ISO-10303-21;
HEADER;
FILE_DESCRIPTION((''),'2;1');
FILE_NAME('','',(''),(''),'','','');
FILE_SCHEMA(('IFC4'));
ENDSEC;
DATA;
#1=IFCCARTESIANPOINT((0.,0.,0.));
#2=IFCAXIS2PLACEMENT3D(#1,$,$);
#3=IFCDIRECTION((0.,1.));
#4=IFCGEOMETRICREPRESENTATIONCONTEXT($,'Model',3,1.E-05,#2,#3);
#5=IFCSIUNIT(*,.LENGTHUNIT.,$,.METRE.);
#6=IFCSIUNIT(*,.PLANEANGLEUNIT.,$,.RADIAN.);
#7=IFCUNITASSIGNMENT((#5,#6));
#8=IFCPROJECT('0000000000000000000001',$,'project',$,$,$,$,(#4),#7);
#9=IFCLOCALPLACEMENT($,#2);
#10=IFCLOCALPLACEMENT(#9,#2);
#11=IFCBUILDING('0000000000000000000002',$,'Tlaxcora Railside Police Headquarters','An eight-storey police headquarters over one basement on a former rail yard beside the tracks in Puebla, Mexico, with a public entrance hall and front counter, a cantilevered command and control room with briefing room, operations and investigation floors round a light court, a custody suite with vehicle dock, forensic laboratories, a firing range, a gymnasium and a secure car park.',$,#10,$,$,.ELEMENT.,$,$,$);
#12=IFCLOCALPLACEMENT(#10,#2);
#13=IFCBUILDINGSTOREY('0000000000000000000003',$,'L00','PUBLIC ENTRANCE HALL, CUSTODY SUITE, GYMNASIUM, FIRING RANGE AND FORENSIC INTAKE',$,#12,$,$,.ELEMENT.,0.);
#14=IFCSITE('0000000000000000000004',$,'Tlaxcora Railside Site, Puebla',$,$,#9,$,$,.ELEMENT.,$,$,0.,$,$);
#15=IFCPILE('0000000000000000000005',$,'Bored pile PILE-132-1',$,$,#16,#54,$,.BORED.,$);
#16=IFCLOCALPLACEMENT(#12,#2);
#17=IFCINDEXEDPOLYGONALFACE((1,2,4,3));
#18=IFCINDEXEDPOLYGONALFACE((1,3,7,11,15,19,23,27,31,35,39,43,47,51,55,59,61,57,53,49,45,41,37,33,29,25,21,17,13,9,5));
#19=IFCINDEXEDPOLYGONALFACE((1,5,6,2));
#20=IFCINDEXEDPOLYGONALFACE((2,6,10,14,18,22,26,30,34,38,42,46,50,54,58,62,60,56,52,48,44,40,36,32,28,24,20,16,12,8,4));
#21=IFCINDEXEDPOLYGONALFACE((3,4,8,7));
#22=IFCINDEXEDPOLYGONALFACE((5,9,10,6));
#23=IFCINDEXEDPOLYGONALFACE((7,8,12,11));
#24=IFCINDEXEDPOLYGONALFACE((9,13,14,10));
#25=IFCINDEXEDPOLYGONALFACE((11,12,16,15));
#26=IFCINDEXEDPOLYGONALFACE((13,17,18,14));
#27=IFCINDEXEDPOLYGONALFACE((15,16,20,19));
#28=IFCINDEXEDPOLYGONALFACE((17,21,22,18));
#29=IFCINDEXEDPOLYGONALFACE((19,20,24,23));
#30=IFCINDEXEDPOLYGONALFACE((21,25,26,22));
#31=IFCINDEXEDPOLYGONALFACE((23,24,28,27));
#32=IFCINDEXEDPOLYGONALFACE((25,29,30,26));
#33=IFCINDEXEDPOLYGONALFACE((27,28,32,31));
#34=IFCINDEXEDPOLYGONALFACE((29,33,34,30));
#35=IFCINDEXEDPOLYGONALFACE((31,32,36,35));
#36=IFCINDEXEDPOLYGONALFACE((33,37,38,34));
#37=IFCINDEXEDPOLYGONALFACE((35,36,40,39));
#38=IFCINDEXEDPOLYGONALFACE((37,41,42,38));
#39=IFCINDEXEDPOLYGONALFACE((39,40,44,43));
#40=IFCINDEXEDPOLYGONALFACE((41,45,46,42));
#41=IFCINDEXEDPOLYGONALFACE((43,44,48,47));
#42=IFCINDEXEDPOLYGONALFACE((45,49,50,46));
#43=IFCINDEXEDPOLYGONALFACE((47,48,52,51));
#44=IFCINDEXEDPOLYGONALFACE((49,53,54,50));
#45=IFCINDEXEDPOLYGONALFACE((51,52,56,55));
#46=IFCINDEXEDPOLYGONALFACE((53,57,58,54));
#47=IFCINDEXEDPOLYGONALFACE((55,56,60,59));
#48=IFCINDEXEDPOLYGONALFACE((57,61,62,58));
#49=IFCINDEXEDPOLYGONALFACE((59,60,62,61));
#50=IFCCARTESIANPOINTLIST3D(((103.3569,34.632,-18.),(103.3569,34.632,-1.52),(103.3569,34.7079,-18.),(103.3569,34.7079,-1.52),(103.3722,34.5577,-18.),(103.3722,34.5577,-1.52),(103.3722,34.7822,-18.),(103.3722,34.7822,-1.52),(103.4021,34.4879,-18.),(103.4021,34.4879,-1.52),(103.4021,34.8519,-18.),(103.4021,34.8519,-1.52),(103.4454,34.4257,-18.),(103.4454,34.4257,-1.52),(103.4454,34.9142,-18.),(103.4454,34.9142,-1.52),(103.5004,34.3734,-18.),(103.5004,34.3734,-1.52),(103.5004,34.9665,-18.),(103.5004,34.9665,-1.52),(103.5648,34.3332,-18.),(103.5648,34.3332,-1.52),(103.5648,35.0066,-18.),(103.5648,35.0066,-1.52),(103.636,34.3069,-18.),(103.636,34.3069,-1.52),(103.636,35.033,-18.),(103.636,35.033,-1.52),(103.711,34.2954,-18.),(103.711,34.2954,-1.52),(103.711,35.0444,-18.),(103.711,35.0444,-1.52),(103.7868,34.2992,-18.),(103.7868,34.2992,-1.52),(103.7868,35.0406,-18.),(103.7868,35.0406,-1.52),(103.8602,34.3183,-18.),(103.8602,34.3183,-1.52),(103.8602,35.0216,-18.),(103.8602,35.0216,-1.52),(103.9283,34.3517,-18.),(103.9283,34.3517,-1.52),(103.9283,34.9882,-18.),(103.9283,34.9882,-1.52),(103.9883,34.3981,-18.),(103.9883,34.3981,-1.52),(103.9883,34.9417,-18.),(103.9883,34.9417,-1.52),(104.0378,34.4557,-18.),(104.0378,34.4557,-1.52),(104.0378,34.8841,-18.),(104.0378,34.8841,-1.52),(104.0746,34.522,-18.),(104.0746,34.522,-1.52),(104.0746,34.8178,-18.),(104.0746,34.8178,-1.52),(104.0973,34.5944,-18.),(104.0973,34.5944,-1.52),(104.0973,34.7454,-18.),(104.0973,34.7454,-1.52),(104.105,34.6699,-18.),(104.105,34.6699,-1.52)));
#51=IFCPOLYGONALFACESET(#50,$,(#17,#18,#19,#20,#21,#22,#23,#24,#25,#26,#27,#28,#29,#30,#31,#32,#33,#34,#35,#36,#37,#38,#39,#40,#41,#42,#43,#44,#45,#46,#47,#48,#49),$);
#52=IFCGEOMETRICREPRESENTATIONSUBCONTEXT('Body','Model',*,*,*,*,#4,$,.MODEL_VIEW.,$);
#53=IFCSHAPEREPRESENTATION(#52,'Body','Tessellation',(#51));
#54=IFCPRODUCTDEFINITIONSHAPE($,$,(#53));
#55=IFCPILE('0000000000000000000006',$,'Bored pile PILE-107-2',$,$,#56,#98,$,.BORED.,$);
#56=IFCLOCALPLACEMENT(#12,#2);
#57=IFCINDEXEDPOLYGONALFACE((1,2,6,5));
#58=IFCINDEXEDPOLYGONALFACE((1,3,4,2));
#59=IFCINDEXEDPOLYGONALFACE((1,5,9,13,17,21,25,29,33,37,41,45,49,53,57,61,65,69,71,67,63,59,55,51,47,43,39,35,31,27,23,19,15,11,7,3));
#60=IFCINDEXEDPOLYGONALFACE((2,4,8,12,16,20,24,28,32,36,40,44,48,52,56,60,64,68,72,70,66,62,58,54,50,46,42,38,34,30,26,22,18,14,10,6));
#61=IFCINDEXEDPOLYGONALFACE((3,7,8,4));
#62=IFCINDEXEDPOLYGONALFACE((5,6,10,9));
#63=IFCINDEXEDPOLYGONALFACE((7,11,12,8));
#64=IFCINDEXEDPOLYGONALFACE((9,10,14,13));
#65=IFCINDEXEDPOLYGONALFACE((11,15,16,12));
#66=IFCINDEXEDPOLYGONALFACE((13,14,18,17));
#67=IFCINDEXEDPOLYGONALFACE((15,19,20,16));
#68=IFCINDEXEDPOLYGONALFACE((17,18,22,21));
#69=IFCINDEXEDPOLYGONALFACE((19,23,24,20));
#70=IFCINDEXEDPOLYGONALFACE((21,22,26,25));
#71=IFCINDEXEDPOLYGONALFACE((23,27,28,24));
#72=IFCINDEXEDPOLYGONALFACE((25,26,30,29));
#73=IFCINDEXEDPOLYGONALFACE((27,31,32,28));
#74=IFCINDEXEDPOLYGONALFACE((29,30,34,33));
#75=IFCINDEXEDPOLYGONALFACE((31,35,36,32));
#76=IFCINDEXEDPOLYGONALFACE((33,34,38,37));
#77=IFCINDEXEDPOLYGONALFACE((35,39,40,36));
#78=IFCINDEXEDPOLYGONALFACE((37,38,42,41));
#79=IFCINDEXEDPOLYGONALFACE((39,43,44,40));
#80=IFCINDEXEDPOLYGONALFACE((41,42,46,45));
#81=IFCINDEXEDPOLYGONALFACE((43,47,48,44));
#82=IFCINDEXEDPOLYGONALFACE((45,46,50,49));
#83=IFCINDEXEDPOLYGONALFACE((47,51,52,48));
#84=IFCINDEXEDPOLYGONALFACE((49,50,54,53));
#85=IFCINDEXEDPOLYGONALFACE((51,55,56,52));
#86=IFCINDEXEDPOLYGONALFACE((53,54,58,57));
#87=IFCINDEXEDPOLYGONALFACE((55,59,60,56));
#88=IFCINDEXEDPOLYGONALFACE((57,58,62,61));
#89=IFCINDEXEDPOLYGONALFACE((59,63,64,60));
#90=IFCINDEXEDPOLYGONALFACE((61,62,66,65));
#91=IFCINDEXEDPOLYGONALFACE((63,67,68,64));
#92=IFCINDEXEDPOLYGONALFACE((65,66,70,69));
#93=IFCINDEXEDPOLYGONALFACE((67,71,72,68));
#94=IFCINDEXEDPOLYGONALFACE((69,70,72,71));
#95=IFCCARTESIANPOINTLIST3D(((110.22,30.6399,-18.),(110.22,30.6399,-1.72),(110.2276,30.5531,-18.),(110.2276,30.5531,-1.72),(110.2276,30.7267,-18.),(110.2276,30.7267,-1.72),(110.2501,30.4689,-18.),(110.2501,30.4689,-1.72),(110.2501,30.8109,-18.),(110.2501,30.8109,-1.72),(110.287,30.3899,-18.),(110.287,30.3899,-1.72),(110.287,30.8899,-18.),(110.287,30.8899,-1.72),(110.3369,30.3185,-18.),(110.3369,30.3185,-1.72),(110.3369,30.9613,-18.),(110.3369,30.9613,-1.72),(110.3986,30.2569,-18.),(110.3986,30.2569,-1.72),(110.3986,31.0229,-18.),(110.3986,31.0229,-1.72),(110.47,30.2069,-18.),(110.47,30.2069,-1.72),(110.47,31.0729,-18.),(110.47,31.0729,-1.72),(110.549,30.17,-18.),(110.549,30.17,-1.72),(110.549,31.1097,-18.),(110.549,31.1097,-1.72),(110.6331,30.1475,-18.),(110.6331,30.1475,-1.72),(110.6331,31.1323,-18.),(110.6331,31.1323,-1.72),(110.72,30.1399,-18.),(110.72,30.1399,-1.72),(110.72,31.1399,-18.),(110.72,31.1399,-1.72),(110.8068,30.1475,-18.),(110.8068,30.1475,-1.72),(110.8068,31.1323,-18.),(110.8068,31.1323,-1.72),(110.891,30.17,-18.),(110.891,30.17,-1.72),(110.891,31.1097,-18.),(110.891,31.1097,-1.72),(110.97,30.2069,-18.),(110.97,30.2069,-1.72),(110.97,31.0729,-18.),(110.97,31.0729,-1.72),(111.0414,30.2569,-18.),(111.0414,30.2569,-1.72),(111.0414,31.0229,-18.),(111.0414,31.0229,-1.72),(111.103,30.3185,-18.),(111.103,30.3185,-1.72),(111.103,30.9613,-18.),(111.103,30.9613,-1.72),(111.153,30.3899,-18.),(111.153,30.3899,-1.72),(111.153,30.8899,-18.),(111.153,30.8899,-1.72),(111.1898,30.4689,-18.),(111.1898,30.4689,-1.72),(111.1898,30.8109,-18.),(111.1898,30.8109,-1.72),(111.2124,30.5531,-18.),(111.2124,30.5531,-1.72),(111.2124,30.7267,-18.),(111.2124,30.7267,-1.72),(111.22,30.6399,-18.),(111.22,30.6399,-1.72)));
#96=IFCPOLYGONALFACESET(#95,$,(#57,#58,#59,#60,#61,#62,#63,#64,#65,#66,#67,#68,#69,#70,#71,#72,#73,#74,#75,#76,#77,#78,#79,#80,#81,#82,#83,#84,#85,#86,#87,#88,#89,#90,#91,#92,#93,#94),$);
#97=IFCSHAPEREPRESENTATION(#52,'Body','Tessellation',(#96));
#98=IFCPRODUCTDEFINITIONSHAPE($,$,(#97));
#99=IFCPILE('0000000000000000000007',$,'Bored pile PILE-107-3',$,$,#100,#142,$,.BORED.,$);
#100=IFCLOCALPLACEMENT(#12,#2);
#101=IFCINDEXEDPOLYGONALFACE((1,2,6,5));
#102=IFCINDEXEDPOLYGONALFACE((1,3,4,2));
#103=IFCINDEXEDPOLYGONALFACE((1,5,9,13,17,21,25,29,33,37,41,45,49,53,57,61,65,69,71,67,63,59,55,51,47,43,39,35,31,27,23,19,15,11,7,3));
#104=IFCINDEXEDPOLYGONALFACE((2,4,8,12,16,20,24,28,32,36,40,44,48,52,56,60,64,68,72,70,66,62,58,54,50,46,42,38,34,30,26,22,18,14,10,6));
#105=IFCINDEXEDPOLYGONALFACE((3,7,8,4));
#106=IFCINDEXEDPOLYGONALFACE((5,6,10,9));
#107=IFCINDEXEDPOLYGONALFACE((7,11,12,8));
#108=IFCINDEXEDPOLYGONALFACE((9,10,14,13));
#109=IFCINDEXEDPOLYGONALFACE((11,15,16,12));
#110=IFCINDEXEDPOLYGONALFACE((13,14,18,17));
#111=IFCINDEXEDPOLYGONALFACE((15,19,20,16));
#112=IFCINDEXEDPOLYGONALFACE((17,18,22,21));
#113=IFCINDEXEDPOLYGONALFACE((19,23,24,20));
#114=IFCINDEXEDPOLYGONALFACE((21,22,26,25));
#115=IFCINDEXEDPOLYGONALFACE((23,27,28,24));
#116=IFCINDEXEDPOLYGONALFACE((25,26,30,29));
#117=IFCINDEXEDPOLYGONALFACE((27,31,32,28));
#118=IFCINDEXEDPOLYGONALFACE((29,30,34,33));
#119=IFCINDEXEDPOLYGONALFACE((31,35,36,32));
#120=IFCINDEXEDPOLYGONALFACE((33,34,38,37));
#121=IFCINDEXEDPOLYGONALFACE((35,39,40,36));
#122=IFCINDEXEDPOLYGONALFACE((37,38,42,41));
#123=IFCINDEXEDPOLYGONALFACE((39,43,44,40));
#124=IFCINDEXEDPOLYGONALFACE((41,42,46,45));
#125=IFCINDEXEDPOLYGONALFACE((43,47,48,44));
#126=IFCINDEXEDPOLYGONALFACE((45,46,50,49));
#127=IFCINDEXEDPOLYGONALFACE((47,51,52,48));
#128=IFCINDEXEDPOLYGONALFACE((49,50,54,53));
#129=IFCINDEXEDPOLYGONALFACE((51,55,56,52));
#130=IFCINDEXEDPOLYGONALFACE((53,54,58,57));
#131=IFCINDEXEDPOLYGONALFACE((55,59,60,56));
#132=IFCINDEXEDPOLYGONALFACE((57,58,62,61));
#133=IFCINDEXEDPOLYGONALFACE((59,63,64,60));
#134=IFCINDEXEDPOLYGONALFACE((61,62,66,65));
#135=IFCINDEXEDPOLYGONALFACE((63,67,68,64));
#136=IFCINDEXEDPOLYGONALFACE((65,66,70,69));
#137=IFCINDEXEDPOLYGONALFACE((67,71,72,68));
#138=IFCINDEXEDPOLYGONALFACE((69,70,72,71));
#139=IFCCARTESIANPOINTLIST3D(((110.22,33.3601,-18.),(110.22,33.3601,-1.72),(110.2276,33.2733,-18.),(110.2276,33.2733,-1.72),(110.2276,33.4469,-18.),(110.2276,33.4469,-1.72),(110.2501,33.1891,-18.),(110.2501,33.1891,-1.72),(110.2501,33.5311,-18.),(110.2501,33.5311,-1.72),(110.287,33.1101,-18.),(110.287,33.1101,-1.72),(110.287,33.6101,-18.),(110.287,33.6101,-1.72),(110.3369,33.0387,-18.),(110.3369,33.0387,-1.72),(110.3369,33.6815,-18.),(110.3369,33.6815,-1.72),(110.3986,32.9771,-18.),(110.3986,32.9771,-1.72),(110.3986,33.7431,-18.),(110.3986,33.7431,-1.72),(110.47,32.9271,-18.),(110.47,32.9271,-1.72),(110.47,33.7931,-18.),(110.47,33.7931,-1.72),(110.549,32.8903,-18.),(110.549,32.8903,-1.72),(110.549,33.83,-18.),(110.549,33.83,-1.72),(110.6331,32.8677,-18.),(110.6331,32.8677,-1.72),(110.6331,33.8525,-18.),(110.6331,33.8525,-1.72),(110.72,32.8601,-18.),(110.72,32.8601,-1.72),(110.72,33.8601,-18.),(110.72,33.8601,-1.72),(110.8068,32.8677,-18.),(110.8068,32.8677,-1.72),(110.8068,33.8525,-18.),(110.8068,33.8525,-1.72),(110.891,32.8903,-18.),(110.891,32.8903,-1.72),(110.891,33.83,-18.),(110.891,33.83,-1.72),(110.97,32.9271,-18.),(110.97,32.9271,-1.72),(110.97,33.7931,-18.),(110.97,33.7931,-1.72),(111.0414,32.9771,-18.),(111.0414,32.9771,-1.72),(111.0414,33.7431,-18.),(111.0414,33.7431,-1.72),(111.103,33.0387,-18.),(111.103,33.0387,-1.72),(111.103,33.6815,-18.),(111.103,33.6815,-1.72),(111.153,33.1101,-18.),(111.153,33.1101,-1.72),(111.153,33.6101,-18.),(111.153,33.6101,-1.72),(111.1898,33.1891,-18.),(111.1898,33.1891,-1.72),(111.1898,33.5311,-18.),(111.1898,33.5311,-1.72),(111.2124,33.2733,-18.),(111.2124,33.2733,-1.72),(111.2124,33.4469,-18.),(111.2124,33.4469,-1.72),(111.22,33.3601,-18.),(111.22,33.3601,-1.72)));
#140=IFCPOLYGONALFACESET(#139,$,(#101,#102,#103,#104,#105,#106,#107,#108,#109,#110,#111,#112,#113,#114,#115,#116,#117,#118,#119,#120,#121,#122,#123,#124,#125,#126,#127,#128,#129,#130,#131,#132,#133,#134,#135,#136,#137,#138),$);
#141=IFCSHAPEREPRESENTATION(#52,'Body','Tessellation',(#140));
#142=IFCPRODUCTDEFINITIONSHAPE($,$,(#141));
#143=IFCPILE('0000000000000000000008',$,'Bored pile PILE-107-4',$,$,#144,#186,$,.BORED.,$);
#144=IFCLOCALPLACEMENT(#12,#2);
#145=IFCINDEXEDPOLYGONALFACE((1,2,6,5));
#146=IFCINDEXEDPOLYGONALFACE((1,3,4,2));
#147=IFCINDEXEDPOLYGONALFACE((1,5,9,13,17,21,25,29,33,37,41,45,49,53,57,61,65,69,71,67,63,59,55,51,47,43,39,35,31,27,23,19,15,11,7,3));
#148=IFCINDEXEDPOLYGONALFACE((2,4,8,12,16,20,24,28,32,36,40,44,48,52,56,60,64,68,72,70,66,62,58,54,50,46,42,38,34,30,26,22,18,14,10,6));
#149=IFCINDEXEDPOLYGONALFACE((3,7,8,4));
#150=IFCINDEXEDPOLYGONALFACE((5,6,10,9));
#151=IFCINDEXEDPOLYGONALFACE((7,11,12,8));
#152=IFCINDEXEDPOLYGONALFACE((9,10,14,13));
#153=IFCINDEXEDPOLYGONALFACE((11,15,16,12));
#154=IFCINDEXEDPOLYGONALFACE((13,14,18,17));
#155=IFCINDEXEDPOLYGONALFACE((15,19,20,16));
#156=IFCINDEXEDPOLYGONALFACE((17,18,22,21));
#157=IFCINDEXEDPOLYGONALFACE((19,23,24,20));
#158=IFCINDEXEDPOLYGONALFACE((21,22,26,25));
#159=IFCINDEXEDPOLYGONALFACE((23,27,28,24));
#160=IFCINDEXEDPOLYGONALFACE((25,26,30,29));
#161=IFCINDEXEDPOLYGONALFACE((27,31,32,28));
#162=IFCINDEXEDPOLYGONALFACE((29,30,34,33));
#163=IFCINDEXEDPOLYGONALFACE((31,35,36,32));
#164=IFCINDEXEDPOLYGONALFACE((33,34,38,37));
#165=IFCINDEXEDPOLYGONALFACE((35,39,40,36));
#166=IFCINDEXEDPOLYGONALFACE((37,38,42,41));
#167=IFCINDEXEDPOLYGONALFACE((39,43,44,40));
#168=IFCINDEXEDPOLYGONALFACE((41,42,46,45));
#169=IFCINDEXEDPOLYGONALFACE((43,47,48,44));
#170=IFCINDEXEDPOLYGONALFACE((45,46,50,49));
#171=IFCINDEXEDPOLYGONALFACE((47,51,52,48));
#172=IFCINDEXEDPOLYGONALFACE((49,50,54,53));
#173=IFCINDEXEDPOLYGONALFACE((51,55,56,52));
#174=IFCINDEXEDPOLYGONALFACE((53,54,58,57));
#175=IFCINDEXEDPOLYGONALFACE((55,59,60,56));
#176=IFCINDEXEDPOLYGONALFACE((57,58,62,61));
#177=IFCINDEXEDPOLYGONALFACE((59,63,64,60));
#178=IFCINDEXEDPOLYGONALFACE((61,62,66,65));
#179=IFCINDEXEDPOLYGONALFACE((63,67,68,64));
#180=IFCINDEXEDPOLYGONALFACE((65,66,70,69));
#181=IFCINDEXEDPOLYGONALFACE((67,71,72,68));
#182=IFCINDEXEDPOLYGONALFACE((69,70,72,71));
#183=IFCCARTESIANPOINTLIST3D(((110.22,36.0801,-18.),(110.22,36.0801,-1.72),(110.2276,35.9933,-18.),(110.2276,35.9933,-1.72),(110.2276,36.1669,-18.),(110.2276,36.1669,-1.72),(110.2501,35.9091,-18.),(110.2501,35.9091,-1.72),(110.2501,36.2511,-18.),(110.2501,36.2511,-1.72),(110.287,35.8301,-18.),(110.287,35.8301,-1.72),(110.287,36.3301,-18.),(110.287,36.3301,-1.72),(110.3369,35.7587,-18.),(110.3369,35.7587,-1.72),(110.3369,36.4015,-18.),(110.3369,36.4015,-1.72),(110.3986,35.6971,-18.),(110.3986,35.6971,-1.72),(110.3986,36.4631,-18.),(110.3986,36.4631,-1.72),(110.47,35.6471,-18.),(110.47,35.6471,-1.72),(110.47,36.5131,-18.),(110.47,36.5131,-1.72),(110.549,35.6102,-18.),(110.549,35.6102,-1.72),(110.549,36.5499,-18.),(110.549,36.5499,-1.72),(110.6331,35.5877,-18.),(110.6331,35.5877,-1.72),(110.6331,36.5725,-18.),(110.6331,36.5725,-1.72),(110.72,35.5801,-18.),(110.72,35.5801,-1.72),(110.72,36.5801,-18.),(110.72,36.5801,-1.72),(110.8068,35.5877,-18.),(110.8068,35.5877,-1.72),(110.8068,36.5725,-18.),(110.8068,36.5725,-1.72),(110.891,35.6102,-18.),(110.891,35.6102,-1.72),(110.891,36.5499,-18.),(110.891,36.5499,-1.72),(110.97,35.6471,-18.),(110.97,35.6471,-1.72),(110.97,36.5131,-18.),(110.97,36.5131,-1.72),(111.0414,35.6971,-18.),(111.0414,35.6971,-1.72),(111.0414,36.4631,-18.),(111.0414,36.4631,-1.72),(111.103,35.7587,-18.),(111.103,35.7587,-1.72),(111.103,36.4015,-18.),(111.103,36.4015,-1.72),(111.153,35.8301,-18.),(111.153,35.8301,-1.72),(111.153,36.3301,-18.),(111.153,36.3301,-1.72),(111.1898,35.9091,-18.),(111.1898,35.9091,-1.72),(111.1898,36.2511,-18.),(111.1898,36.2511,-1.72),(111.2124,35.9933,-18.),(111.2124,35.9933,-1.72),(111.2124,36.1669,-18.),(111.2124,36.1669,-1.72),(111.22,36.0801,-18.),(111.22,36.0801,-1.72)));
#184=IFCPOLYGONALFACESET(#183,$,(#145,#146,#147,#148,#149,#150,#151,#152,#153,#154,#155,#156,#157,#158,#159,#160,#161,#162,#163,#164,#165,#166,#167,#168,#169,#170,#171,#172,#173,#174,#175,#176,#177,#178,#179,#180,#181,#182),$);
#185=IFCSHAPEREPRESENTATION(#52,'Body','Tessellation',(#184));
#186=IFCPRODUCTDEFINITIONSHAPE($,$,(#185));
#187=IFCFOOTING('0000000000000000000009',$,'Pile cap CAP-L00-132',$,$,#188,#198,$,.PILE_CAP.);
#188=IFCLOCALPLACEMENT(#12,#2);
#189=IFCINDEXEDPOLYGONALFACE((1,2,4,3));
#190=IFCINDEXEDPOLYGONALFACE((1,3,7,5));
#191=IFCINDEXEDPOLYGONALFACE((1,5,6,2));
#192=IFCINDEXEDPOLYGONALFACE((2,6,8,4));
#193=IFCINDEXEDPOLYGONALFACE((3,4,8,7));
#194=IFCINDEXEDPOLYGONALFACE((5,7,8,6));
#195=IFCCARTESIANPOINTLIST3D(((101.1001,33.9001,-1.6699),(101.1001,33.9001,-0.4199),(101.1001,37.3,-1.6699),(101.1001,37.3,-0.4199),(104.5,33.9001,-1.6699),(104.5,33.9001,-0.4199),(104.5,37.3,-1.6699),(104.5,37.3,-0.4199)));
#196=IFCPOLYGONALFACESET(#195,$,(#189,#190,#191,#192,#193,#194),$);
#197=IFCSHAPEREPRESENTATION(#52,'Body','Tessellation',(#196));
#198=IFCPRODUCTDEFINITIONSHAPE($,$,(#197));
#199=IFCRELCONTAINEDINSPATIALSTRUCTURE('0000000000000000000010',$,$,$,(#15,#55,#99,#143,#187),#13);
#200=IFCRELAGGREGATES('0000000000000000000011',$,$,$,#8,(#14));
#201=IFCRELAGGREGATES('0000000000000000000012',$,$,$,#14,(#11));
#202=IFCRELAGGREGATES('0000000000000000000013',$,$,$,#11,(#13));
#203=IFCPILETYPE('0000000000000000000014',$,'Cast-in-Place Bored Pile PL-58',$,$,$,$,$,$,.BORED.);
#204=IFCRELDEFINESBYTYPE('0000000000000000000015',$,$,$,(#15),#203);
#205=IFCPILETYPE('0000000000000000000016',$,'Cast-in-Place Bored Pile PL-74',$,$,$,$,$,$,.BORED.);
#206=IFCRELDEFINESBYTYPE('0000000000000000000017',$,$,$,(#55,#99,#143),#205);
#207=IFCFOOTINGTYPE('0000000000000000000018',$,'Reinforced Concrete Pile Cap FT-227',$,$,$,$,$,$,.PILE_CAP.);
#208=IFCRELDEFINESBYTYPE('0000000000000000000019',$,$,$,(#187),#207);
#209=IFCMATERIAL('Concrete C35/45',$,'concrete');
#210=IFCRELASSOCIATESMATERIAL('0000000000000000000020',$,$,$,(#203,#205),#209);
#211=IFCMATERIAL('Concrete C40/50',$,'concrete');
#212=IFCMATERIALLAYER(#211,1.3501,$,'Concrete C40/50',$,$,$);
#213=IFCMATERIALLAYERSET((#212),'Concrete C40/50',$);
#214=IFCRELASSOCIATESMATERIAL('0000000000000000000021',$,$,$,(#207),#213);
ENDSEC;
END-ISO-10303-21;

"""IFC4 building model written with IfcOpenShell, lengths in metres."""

from ifc_helpers import new_model, si_unit, direction, frame, origin, origin_2d, place, context, subcontext, project, spatial, rectangle, circle, extrude, material, layer, layer_set, material_profile, profile_set, type_object, element, save


model = new_model("IFC4")

# Units and contexts
model_context = context("Model", 3, precision=1e-05, world=origin(), true_north=direction((0.0, 1.0)))
body_context = subcontext(model_context, "Body", "Model", "MODEL_VIEW")
ifc_project = project(units=[si_unit("LENGTHUNIT", "METRE"), si_unit("PLANEANGLEUNIT", "RADIAN")], contexts=[model_context])

# Site, building, storey
site_placement = place(None, origin())
site = spatial("IfcSite", under=ifc_project, at=site_placement, Name="Tlaxcora Railside Site, Puebla", CompositionType="ELEMENT", RefElevation=0.0)
building_placement = place(site_placement, origin())
building = spatial("IfcBuilding", under=site, at=building_placement, Name="Tlaxcora Railside Police Headquarters", Description="An eight-storey police headquarters over one basement on a former rail yard beside the tracks in Puebla, Mexico, with a public entrance hall and front counter, a cantilevered command and control room with briefing room, operations and investigation floors round a light court, a custody suite with vehicle dock, forensic laboratories, a firing range, a gymnasium and a secure car park.", CompositionType="ELEMENT")
storey_placement = place(building_placement, origin())
storey = spatial("IfcBuildingStorey", under=building, at=storey_placement, Name="L00", Description="PUBLIC ENTRANCE HALL, CUSTODY SUITE, GYMNASIUM, FIRING RANGE AND FORENSIC INTAKE", CompositionType="ELEMENT", Elevation=0.0)

# Piles
ifc_material_1 = material(Name="Concrete C35/45", Category="concrete")
ifc_material_profile_1 = material_profile(ifc_material_1, circle(Radius=0.375, at=origin_2d()), Name="PILE750")
ifc_profile_set_1 = profile_set([ifc_material_profile_1], Name="Concrete C35/45")
pile_type_1 = type_object("IfcPileType", Name="Cast-in-Place Bored Pile PL-58", PredefinedType="BORED", material=ifc_profile_set_1)
pile_placement = place(storey_placement, frame((103.73, 34.6699, -1.52), z_axis=(0.0, 0.0, -1.0), x_axis=(1.0, 0.0, 0.0)))
element("IfcPile", 1, at=pile_placement, inside=storey, type_object=pile_type_1, Name="Bored pile PILE-132-1", PredefinedType="BORED", context=body_context, shape_type="SweptSolid", body=[
    extrude(circle(Radius=0.375, at=origin_2d()), origin(), (0.0, 0.0, 1.0), 16.48),
])
ifc_material_profile_2 = material_profile(ifc_material_1, circle(Radius=0.5, at=origin_2d()), Name="PILE1000")
ifc_profile_set_2 = profile_set([ifc_material_profile_2], Name="Concrete C35/45")
pile_type_2 = type_object("IfcPileType", Name="Cast-in-Place Bored Pile PL-74", PredefinedType="BORED", material=ifc_profile_set_2)
for number, where, z_axis, x_axis, name in (
    (2, (110.72, 30.6399, -1.72), (0.0, 0.0, -1.0), (1.0, 0.0, 0.0), "Bored pile PILE-107-2"),
    (3, (110.72, 33.3601, -1.72), (0.0, 0.0, -1.0), (1.0, 0.0, 0.0), "Bored pile PILE-107-3"),
    (4, (110.72, 36.0801, -1.72), (0.0, 0.0, -1.0), (1.0, 0.0, 0.0), "Bored pile PILE-107-4"),
):
    element("IfcPile", number, at=place(storey_placement, frame(where, z_axis=z_axis, x_axis=x_axis)), inside=storey, type_object=pile_type_2, Name=name, PredefinedType="BORED", context=body_context, shape_type="SweptSolid", body=[
        extrude(circle(Radius=0.5, at=origin_2d()), origin(), (0.0, 0.0, 1.0), 16.28),
    ])

# Footing
ifc_material_2 = material(Name="Concrete C40/50", Category="concrete")
ifc_layer_1 = layer(ifc_material_2, 1.3501, Name="Concrete C40/50")
ifc_layer_set_1 = layer_set([ifc_layer_1], Name="Concrete C40/50")
footing_type_1 = type_object("IfcFootingType", Name="Reinforced Concrete Pile Cap FT-227", PredefinedType="PILE_CAP", material=ifc_layer_set_1)
footing_1_placement = place(storey_placement, frame((102.8, 35.6001, -1.6699), z_axis=(0.0, 0.0, 1.0), x_axis=(1.0, 0.0, 0.0)))
element("IfcFooting", 5, at=footing_1_placement, inside=storey, type_object=footing_type_1, Name="Pile cap CAP-L00-132", PredefinedType="PILE_CAP", context=body_context, shape_type="SweptSolid", body=[
    extrude(rectangle(XDim=3.3999, YDim=3.3999, at=origin_2d()), origin(), (0.0, 0.0, 1.0), 1.25),
])

save(model, "model.ifc")
